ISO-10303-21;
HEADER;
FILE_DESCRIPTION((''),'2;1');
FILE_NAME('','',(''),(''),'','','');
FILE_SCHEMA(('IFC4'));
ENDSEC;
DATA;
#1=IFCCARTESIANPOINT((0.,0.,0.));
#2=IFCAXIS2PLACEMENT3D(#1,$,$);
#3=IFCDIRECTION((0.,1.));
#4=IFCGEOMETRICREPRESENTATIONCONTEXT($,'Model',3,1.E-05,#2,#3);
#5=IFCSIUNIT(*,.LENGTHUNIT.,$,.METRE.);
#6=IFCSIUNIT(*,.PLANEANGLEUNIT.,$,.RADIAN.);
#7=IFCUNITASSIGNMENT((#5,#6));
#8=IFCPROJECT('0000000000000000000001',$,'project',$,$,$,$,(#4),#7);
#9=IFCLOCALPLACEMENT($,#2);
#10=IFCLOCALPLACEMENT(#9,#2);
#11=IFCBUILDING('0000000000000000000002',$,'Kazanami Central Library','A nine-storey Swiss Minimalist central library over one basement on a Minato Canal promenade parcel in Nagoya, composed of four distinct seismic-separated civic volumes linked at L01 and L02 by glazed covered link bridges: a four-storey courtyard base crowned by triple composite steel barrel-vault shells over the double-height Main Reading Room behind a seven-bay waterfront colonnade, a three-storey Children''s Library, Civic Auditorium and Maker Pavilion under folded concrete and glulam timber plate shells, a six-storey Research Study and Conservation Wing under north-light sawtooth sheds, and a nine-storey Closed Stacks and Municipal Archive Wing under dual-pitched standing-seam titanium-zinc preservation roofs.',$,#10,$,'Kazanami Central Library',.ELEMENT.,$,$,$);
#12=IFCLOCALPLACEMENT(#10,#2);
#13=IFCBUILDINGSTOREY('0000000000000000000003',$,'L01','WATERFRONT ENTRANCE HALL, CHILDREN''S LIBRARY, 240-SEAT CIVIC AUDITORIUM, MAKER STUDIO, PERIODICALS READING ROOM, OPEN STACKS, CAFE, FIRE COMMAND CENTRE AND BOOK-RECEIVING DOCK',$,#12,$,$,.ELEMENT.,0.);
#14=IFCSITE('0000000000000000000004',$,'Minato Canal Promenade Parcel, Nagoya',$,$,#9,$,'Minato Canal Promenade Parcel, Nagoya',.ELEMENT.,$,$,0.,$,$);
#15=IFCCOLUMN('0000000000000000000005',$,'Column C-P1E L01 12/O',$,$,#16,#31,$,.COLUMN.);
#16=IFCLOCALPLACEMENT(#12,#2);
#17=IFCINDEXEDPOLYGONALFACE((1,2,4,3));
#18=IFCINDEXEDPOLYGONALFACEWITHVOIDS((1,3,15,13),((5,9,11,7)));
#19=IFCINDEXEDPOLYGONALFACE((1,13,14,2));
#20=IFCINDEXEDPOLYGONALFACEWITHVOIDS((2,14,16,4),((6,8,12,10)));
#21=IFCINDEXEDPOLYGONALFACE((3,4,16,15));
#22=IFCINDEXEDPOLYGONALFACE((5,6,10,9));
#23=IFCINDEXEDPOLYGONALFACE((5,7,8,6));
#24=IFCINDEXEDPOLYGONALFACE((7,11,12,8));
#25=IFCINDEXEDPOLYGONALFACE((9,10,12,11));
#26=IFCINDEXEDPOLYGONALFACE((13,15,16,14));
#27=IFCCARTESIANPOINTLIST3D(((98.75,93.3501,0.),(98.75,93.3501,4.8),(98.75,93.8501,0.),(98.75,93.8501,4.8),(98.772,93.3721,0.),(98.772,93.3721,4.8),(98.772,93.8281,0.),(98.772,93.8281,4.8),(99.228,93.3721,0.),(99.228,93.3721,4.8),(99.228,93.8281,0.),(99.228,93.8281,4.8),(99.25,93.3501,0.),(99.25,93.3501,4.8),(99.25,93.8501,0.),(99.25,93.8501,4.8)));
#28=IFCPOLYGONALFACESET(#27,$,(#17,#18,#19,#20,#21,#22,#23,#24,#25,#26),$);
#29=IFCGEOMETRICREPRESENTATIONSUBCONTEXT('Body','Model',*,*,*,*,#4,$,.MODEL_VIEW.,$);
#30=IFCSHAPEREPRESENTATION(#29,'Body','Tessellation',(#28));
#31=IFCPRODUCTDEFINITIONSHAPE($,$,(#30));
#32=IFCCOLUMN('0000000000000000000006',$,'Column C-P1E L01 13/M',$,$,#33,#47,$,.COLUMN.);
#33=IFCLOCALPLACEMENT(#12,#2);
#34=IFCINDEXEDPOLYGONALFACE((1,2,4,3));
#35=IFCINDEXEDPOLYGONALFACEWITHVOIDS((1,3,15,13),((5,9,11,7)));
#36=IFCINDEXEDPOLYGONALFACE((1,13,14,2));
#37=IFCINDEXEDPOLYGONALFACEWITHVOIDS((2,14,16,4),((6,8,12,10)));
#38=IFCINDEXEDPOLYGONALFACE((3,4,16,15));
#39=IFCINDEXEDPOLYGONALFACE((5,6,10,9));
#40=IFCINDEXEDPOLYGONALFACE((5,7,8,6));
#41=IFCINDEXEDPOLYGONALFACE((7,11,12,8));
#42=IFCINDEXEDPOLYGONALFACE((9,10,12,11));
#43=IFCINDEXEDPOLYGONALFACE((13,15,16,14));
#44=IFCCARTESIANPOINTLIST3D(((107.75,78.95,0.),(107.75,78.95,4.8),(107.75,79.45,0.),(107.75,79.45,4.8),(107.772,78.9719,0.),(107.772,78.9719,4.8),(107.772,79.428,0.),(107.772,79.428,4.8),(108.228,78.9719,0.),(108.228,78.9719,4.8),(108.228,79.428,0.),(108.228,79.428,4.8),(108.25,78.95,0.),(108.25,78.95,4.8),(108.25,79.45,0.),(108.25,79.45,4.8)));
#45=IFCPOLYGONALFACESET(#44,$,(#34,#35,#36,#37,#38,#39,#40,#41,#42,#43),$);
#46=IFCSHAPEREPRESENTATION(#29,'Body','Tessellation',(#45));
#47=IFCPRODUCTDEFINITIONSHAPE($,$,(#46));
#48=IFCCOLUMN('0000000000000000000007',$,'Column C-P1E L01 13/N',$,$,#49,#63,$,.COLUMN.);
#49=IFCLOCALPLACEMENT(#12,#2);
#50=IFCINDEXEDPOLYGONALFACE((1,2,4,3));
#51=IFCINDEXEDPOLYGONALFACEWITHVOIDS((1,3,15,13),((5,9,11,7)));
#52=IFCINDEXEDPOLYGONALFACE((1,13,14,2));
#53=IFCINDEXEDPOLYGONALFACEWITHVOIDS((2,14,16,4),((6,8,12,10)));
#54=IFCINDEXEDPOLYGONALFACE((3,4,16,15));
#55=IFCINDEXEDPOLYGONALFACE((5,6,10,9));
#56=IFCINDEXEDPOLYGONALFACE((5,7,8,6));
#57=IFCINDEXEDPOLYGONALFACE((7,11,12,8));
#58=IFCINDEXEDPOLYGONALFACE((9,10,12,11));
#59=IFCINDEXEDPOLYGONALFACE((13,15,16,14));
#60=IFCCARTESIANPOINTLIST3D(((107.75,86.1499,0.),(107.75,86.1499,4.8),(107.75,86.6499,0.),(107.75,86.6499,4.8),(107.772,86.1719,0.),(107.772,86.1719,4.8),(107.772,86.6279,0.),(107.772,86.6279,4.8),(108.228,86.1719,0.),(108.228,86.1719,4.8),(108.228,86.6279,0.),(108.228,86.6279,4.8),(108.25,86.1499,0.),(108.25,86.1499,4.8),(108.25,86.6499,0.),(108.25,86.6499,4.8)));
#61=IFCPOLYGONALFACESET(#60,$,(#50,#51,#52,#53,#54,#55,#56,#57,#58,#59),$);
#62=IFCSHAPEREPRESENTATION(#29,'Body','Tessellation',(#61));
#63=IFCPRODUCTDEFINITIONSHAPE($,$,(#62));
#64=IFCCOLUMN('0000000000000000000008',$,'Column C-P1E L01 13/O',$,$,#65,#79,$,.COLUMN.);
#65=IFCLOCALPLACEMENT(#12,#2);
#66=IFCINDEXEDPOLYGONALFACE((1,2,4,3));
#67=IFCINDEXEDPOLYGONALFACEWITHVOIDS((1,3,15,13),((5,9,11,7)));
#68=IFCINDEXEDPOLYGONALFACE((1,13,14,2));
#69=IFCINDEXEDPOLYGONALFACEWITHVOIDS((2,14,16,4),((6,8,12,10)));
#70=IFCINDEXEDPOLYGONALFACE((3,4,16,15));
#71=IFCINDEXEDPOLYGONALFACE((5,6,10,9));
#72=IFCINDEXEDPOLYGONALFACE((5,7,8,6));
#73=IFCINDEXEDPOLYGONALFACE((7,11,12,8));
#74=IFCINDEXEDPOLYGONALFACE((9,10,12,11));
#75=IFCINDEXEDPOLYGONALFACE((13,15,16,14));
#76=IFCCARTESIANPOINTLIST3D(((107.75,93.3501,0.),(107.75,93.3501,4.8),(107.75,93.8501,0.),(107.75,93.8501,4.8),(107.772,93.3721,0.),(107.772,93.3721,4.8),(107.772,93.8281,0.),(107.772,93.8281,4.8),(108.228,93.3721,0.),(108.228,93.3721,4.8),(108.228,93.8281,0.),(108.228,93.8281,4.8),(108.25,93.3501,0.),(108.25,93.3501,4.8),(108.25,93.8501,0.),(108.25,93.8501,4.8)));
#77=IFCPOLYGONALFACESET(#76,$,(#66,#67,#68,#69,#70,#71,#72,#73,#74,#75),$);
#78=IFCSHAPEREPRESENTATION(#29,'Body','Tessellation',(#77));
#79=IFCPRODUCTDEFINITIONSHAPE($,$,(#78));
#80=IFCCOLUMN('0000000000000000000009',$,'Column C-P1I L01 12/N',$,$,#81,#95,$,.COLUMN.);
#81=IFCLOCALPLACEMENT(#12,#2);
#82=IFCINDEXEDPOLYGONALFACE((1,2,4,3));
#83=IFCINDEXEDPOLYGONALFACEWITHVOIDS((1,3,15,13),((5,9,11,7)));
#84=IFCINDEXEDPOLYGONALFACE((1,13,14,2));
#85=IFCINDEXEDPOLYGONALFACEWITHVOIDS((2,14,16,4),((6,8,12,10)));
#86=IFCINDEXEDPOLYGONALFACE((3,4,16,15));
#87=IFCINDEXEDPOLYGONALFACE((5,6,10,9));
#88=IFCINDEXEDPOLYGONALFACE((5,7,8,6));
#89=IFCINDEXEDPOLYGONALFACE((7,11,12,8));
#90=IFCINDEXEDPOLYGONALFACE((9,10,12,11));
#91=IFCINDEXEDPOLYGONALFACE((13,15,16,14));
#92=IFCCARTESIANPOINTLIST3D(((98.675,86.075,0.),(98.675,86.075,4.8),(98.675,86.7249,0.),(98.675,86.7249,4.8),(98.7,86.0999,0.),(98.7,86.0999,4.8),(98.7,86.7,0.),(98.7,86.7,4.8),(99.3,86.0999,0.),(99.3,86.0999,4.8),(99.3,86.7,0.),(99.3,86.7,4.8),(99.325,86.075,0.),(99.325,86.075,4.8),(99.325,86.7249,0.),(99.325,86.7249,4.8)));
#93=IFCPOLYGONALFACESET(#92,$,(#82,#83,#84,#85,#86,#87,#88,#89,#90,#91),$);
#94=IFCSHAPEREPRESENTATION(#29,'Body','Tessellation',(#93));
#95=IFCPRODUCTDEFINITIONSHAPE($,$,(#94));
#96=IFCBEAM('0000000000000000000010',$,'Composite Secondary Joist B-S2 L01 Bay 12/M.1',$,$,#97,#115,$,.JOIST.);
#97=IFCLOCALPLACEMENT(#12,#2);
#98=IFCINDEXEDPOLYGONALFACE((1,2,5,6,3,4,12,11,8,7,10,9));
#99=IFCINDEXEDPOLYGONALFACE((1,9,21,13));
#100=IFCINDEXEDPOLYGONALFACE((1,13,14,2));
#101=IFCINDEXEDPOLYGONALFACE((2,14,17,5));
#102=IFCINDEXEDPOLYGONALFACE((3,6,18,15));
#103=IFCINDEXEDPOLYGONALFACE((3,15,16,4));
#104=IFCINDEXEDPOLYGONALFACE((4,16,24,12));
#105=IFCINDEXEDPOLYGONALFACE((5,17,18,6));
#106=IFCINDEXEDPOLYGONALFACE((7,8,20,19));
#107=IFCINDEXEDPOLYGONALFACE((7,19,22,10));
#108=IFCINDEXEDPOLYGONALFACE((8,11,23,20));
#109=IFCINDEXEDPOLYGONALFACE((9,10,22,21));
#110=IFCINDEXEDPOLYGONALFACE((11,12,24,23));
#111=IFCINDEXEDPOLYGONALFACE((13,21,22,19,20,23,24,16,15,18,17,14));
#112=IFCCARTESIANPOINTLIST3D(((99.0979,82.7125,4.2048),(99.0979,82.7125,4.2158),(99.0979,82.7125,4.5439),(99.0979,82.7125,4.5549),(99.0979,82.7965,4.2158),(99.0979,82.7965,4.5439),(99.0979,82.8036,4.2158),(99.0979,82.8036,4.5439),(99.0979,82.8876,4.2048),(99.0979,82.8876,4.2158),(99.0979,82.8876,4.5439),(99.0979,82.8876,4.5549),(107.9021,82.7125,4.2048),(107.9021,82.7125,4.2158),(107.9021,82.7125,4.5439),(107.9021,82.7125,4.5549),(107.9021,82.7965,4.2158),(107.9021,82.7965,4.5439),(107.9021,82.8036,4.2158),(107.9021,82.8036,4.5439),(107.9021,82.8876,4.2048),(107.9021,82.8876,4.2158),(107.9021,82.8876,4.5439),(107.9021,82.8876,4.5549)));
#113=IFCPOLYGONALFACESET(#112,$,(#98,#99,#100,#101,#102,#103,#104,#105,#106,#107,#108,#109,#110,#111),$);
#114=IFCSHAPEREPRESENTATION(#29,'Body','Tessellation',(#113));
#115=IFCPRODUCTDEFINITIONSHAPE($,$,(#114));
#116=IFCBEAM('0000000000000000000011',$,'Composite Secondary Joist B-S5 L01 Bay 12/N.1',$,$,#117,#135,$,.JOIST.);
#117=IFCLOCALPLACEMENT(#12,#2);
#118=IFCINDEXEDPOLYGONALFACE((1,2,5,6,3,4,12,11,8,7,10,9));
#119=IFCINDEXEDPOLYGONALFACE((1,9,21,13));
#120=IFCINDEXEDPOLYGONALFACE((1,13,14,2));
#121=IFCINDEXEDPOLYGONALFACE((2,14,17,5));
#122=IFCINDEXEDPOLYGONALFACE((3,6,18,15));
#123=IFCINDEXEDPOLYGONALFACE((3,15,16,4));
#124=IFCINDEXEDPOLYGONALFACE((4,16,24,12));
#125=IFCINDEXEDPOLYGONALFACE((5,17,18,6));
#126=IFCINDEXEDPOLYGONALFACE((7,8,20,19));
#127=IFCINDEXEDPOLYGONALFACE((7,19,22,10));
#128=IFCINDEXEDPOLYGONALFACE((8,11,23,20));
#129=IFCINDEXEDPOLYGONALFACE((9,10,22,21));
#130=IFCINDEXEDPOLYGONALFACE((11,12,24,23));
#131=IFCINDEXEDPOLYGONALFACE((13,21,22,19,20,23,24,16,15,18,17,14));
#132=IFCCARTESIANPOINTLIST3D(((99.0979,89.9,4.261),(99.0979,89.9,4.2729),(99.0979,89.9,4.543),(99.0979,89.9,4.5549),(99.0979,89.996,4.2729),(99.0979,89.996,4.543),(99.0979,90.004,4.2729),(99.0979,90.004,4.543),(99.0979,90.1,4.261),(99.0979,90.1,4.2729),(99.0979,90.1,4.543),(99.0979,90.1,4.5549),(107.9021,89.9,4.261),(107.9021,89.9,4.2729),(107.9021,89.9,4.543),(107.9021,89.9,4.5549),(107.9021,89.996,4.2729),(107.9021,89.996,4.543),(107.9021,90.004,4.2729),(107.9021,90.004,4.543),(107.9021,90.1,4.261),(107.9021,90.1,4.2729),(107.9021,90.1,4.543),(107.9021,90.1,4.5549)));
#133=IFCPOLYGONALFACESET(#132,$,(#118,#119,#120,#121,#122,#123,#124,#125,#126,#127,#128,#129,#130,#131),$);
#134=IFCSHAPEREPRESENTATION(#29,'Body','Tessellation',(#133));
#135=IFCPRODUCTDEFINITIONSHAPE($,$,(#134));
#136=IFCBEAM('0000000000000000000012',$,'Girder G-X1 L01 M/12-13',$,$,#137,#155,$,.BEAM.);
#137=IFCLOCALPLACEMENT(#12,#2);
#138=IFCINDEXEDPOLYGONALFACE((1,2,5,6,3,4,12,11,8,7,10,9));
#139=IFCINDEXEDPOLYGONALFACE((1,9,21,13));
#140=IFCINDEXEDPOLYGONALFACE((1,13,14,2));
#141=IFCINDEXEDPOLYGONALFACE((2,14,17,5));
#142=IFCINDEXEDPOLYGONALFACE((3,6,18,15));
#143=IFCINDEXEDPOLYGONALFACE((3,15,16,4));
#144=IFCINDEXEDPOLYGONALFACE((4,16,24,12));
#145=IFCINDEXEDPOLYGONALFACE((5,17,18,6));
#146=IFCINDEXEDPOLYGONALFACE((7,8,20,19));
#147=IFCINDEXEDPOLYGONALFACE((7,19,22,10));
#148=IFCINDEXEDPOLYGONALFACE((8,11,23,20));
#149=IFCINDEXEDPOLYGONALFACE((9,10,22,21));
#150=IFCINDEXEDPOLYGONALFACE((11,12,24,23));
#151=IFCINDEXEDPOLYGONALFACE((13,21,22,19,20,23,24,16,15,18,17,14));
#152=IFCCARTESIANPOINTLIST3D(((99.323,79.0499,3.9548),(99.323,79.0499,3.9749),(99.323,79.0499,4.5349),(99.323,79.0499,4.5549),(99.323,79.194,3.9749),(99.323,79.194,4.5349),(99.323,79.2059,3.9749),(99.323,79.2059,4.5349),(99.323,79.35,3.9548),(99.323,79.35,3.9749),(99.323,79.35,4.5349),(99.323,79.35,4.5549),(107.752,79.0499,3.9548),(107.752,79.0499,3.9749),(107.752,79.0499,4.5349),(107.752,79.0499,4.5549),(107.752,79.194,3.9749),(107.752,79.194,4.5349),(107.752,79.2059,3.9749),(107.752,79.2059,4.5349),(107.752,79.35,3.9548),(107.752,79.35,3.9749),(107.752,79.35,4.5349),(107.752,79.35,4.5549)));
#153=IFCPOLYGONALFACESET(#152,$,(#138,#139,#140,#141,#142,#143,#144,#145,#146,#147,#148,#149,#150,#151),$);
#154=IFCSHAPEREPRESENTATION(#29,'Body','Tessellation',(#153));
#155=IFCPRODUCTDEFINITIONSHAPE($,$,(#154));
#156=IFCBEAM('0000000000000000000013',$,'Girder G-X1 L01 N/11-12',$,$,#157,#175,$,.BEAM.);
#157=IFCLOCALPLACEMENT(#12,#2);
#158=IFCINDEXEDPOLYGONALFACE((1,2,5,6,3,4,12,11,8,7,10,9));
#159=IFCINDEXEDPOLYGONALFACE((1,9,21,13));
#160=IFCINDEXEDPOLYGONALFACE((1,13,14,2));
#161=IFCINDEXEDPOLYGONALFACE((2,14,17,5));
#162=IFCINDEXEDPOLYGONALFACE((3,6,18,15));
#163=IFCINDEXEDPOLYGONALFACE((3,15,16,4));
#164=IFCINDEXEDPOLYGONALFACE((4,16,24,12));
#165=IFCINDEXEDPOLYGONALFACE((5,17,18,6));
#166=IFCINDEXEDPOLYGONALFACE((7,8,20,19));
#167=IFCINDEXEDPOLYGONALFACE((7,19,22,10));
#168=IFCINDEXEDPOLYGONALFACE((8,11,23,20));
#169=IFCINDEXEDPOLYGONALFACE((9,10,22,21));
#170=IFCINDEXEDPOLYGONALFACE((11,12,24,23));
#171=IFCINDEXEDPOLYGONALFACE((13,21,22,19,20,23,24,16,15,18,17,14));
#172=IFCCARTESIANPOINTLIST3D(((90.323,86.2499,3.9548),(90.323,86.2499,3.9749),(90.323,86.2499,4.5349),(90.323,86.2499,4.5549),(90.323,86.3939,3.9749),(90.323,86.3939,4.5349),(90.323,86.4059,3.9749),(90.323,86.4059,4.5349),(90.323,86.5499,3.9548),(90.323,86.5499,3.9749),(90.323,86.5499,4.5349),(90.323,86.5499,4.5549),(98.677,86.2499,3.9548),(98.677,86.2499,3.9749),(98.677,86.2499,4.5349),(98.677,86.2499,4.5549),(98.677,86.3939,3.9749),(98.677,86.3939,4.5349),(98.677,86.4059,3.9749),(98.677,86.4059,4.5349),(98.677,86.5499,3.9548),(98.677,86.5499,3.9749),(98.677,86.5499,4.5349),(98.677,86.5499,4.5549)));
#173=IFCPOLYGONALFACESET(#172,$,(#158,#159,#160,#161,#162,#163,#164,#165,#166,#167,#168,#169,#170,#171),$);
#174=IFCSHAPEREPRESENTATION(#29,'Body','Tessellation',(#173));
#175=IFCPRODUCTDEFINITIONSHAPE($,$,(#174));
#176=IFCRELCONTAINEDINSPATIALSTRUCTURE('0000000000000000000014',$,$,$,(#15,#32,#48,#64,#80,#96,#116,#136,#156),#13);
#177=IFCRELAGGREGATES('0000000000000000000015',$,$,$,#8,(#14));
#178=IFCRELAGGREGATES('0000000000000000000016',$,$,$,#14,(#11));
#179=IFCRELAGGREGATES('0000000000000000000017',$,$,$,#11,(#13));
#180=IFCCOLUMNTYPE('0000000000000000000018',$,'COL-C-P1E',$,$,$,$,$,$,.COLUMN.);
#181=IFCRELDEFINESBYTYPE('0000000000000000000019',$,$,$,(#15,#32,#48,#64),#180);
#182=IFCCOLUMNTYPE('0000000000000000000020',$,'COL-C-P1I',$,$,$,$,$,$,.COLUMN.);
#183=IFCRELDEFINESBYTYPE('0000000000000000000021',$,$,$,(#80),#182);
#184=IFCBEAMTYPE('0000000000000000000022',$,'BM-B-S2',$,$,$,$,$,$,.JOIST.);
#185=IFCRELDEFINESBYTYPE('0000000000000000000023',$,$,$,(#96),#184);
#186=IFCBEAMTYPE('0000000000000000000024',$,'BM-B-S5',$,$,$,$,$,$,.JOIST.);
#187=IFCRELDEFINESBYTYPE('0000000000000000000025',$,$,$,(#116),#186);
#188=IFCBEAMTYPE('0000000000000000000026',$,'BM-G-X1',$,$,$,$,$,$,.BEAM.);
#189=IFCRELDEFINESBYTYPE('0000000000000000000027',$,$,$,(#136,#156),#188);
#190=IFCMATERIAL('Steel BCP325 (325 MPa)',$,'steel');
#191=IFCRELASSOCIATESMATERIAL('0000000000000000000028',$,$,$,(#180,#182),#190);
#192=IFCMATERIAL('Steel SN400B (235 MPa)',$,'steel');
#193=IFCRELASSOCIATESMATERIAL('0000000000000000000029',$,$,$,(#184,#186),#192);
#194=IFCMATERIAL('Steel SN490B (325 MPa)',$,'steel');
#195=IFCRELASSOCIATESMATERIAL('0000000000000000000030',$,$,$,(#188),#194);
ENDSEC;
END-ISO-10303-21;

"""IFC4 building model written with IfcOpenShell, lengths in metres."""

from ifc_helpers import new_model, si_unit, direction, frame, origin, origin_2d, place, context, subcontext, project, spatial, hollow_rectangle, i_section, extrude, material, material_profile, profile_set, type_object, element, save


model = new_model("IFC4")

# Units and contexts
model_context = context("Model", 3, precision=1e-05, world=origin(), true_north=direction((0.0, 1.0)))
body_context = subcontext(model_context, "Body", "Model", "MODEL_VIEW")
ifc_project = project(units=[si_unit("LENGTHUNIT", "METRE"), si_unit("PLANEANGLEUNIT", "RADIAN")], contexts=[model_context])

# Site, building, storey
site_placement = place(None, origin())
site = spatial("IfcSite", under=ifc_project, at=site_placement, Name="Minato Canal Promenade Parcel, Nagoya", LongName="Minato Canal Promenade Parcel, Nagoya", CompositionType="ELEMENT", RefElevation=0.0)
building_placement = place(site_placement, origin())
building = spatial("IfcBuilding", under=site, at=building_placement, Name="Kazanami Central Library", Description="A nine-storey Swiss Minimalist central library over one basement on a Minato Canal promenade parcel in Nagoya, composed of four distinct seismic-separated civic volumes linked at L01 and L02 by glazed covered link bridges: a four-storey courtyard base crowned by triple composite steel barrel-vault shells over the double-height Main Reading Room behind a seven-bay waterfront colonnade, a three-storey Children's Library, Civic Auditorium and Maker Pavilion under folded concrete and glulam timber plate shells, a six-storey Research Study and Conservation Wing under north-light sawtooth sheds, and a nine-storey Closed Stacks and Municipal Archive Wing under dual-pitched standing-seam titanium-zinc preservation roofs.", LongName="Kazanami Central Library", CompositionType="ELEMENT")
storey_placement = place(building_placement, origin())
storey = spatial("IfcBuildingStorey", under=building, at=storey_placement, Name="L01", Description="WATERFRONT ENTRANCE HALL, CHILDREN'S LIBRARY, 240-SEAT CIVIC AUDITORIUM, MAKER STUDIO, PERIODICALS READING ROOM, OPEN STACKS, CAFE, FIRE COMMAND CENTRE AND BOOK-RECEIVING DOCK", CompositionType="ELEMENT", Elevation=0.0)

# Columns
ifc_material_1 = material(Name="Steel BCP325 (325 MPa)", Category="steel")
ifc_material_profile_1 = material_profile(ifc_material_1, hollow_rectangle(XDim=0.5, YDim=0.5, WallThickness=0.022, at=origin_2d()), Name="BCP-500x500x22")
ifc_profile_set_1 = profile_set([ifc_material_profile_1], Name="Steel BCP325 (325 MPa)")
column_type_1 = type_object("IfcColumnType", Name="COL-C-P1E", PredefinedType="COLUMN", material=ifc_profile_set_1)
for number, where, z_axis, x_axis, name in (
    (1, (99.0, 93.6001, 0.0), (0.0, 0.0, 1.0), (1.0, 0.0, 0.0), "Column C-P1E L01 12/O"),
    (2, (108.0, 79.2, 0.0), (0.0, 0.0, 1.0), (1.0, 0.0, 0.0), "Column C-P1E L01 13/M"),
    (3, (108.0, 86.3999, 0.0), (0.0, 0.0, 1.0), (1.0, 0.0, 0.0), "Column C-P1E L01 13/N"),
    (4, (108.0, 93.6001, 0.0), (0.0, 0.0, 1.0), (1.0, 0.0, 0.0), "Column C-P1E L01 13/O"),
):
    element("IfcColumn", number, at=place(storey_placement, frame(where, z_axis=z_axis, x_axis=x_axis)), inside=storey, type_object=column_type_1, Name=name, PredefinedType="COLUMN", context=body_context, shape_type="SweptSolid", body=[
        extrude(hollow_rectangle(XDim=0.5, YDim=0.5, WallThickness=0.022, at=origin_2d()), origin(), (0.0, 0.0, 1.0), 4.8),
    ])
ifc_material_profile_2 = material_profile(ifc_material_1, hollow_rectangle(XDim=0.6499, YDim=0.6499, WallThickness=0.0249, at=origin_2d()), Name="BCP-650x650x25")
ifc_profile_set_2 = profile_set([ifc_material_profile_2], Name="Steel BCP325 (325 MPa)")
column_type_2 = type_object("IfcColumnType", Name="COL-C-P1I", PredefinedType="COLUMN", material=ifc_profile_set_2)
column_placement = place(storey_placement, frame((99.0, 86.3999, 0.0), z_axis=(0.0, 0.0, 1.0), x_axis=(1.0, 0.0, 0.0)))
element("IfcColumn", 5, at=column_placement, inside=storey, type_object=column_type_2, Name="Column C-P1I L01 12/N", PredefinedType="COLUMN", context=body_context, shape_type="SweptSolid", body=[
    extrude(hollow_rectangle(XDim=0.6499, YDim=0.6499, WallThickness=0.0249, at=origin_2d()), origin(), (0.0, 0.0, 1.0), 4.8),
])

# Beams
ifc_material_2 = material(Name="Steel SN400B (235 MPa)", Category="steel")
ifc_material_profile_3 = material_profile(ifc_material_2, i_section(OverallWidth=0.175, OverallDepth=0.3501, WebThickness=0.0071, FlangeThickness=0.011, at=origin_2d()), Name="H-350x175x7x11")
ifc_profile_set_3 = profile_set([ifc_material_profile_3], Name="Steel SN400B (235 MPa)")
beam_type_1 = type_object("IfcBeamType", Name="BM-B-S2", PredefinedType="JOIST", material=ifc_profile_set_3)
beam_1_placement = place(storey_placement, frame((99.0979, 82.8, 4.3799), z_axis=(1.0, 0.0, 0.0), x_axis=(0.0, 1.0, 0.0)))
element("IfcBeam", 6, at=beam_1_placement, inside=storey, type_object=beam_type_1, Name="Composite Secondary Joist B-S2 L01 Bay 12/M.1", PredefinedType="JOIST", context=body_context, shape_type="SweptSolid", body=[
    extrude(i_section(OverallWidth=0.175, OverallDepth=0.3501, WebThickness=0.0071, FlangeThickness=0.011, at=origin_2d()), origin(), (0.0, 0.0, 1.0), 8.8042),
])
ifc_material_profile_4 = material_profile(ifc_material_2, i_section(OverallWidth=0.2, OverallDepth=0.2939, WebThickness=0.0081, FlangeThickness=0.012, at=origin_2d()), Name="H-294x200x8x12")
ifc_profile_set_4 = profile_set([ifc_material_profile_4], Name="Steel SN400B (235 MPa)")
beam_type_2 = type_object("IfcBeamType", Name="BM-B-S5", PredefinedType="JOIST", material=ifc_profile_set_4)
beam_2_placement = place(storey_placement, frame((99.0979, 90.0, 4.408), z_axis=(1.0, 0.0, 0.0), x_axis=(0.0, 1.0, 0.0)))
element("IfcBeam", 7, at=beam_2_placement, inside=storey, type_object=beam_type_2, Name="Composite Secondary Joist B-S5 L01 Bay 12/N.1", PredefinedType="JOIST", context=body_context, shape_type="SweptSolid", body=[
    extrude(i_section(OverallWidth=0.2, OverallDepth=0.2939, WebThickness=0.0081, FlangeThickness=0.012, at=origin_2d()), origin(), (0.0, 0.0, 1.0), 8.8042),
])
ifc_material_3 = material(Name="Steel SN490B (325 MPa)", Category="steel")
ifc_material_profile_5 = material_profile(ifc_material_3, i_section(OverallWidth=0.3, OverallDepth=0.6001, WebThickness=0.012, FlangeThickness=0.02, at=origin_2d()), Name="H-600x300x12x20")
ifc_profile_set_5 = profile_set([ifc_material_profile_5], Name="Steel SN490B (325 MPa)")
beam_type_3 = type_object("IfcBeamType", Name="BM-G-X1", PredefinedType="BEAM", material=ifc_profile_set_5)
beam_3_placement = place(storey_placement, frame((99.323, 79.2, 4.2549), z_axis=(1.0, 0.0, 0.0), x_axis=(0.0, 1.0, 0.0)))
element("IfcBeam", 8, at=beam_3_placement, inside=storey, type_object=beam_type_3, Name="Girder G-X1 L01 M/12-13", PredefinedType="BEAM", context=body_context, shape_type="SweptSolid", body=[
    extrude(i_section(OverallWidth=0.3, OverallDepth=0.6001, WebThickness=0.012, FlangeThickness=0.02, at=origin_2d()), origin(), (0.0, 0.0, 1.0), 8.429),
])
beam_4_placement = place(storey_placement, frame((90.323, 86.3999, 4.2549), z_axis=(1.0, 0.0, 0.0), x_axis=(0.0, 1.0, 0.0)))
element("IfcBeam", 9, at=beam_4_placement, inside=storey, type_object=beam_type_3, Name="Girder G-X1 L01 N/11-12", PredefinedType="BEAM", context=body_context, shape_type="SweptSolid", body=[
    extrude(i_section(OverallWidth=0.3, OverallDepth=0.6001, WebThickness=0.012, FlangeThickness=0.02, at=origin_2d()), origin(), (0.0, 0.0, 1.0), 8.354),
])

save(model, "model.ifc")
